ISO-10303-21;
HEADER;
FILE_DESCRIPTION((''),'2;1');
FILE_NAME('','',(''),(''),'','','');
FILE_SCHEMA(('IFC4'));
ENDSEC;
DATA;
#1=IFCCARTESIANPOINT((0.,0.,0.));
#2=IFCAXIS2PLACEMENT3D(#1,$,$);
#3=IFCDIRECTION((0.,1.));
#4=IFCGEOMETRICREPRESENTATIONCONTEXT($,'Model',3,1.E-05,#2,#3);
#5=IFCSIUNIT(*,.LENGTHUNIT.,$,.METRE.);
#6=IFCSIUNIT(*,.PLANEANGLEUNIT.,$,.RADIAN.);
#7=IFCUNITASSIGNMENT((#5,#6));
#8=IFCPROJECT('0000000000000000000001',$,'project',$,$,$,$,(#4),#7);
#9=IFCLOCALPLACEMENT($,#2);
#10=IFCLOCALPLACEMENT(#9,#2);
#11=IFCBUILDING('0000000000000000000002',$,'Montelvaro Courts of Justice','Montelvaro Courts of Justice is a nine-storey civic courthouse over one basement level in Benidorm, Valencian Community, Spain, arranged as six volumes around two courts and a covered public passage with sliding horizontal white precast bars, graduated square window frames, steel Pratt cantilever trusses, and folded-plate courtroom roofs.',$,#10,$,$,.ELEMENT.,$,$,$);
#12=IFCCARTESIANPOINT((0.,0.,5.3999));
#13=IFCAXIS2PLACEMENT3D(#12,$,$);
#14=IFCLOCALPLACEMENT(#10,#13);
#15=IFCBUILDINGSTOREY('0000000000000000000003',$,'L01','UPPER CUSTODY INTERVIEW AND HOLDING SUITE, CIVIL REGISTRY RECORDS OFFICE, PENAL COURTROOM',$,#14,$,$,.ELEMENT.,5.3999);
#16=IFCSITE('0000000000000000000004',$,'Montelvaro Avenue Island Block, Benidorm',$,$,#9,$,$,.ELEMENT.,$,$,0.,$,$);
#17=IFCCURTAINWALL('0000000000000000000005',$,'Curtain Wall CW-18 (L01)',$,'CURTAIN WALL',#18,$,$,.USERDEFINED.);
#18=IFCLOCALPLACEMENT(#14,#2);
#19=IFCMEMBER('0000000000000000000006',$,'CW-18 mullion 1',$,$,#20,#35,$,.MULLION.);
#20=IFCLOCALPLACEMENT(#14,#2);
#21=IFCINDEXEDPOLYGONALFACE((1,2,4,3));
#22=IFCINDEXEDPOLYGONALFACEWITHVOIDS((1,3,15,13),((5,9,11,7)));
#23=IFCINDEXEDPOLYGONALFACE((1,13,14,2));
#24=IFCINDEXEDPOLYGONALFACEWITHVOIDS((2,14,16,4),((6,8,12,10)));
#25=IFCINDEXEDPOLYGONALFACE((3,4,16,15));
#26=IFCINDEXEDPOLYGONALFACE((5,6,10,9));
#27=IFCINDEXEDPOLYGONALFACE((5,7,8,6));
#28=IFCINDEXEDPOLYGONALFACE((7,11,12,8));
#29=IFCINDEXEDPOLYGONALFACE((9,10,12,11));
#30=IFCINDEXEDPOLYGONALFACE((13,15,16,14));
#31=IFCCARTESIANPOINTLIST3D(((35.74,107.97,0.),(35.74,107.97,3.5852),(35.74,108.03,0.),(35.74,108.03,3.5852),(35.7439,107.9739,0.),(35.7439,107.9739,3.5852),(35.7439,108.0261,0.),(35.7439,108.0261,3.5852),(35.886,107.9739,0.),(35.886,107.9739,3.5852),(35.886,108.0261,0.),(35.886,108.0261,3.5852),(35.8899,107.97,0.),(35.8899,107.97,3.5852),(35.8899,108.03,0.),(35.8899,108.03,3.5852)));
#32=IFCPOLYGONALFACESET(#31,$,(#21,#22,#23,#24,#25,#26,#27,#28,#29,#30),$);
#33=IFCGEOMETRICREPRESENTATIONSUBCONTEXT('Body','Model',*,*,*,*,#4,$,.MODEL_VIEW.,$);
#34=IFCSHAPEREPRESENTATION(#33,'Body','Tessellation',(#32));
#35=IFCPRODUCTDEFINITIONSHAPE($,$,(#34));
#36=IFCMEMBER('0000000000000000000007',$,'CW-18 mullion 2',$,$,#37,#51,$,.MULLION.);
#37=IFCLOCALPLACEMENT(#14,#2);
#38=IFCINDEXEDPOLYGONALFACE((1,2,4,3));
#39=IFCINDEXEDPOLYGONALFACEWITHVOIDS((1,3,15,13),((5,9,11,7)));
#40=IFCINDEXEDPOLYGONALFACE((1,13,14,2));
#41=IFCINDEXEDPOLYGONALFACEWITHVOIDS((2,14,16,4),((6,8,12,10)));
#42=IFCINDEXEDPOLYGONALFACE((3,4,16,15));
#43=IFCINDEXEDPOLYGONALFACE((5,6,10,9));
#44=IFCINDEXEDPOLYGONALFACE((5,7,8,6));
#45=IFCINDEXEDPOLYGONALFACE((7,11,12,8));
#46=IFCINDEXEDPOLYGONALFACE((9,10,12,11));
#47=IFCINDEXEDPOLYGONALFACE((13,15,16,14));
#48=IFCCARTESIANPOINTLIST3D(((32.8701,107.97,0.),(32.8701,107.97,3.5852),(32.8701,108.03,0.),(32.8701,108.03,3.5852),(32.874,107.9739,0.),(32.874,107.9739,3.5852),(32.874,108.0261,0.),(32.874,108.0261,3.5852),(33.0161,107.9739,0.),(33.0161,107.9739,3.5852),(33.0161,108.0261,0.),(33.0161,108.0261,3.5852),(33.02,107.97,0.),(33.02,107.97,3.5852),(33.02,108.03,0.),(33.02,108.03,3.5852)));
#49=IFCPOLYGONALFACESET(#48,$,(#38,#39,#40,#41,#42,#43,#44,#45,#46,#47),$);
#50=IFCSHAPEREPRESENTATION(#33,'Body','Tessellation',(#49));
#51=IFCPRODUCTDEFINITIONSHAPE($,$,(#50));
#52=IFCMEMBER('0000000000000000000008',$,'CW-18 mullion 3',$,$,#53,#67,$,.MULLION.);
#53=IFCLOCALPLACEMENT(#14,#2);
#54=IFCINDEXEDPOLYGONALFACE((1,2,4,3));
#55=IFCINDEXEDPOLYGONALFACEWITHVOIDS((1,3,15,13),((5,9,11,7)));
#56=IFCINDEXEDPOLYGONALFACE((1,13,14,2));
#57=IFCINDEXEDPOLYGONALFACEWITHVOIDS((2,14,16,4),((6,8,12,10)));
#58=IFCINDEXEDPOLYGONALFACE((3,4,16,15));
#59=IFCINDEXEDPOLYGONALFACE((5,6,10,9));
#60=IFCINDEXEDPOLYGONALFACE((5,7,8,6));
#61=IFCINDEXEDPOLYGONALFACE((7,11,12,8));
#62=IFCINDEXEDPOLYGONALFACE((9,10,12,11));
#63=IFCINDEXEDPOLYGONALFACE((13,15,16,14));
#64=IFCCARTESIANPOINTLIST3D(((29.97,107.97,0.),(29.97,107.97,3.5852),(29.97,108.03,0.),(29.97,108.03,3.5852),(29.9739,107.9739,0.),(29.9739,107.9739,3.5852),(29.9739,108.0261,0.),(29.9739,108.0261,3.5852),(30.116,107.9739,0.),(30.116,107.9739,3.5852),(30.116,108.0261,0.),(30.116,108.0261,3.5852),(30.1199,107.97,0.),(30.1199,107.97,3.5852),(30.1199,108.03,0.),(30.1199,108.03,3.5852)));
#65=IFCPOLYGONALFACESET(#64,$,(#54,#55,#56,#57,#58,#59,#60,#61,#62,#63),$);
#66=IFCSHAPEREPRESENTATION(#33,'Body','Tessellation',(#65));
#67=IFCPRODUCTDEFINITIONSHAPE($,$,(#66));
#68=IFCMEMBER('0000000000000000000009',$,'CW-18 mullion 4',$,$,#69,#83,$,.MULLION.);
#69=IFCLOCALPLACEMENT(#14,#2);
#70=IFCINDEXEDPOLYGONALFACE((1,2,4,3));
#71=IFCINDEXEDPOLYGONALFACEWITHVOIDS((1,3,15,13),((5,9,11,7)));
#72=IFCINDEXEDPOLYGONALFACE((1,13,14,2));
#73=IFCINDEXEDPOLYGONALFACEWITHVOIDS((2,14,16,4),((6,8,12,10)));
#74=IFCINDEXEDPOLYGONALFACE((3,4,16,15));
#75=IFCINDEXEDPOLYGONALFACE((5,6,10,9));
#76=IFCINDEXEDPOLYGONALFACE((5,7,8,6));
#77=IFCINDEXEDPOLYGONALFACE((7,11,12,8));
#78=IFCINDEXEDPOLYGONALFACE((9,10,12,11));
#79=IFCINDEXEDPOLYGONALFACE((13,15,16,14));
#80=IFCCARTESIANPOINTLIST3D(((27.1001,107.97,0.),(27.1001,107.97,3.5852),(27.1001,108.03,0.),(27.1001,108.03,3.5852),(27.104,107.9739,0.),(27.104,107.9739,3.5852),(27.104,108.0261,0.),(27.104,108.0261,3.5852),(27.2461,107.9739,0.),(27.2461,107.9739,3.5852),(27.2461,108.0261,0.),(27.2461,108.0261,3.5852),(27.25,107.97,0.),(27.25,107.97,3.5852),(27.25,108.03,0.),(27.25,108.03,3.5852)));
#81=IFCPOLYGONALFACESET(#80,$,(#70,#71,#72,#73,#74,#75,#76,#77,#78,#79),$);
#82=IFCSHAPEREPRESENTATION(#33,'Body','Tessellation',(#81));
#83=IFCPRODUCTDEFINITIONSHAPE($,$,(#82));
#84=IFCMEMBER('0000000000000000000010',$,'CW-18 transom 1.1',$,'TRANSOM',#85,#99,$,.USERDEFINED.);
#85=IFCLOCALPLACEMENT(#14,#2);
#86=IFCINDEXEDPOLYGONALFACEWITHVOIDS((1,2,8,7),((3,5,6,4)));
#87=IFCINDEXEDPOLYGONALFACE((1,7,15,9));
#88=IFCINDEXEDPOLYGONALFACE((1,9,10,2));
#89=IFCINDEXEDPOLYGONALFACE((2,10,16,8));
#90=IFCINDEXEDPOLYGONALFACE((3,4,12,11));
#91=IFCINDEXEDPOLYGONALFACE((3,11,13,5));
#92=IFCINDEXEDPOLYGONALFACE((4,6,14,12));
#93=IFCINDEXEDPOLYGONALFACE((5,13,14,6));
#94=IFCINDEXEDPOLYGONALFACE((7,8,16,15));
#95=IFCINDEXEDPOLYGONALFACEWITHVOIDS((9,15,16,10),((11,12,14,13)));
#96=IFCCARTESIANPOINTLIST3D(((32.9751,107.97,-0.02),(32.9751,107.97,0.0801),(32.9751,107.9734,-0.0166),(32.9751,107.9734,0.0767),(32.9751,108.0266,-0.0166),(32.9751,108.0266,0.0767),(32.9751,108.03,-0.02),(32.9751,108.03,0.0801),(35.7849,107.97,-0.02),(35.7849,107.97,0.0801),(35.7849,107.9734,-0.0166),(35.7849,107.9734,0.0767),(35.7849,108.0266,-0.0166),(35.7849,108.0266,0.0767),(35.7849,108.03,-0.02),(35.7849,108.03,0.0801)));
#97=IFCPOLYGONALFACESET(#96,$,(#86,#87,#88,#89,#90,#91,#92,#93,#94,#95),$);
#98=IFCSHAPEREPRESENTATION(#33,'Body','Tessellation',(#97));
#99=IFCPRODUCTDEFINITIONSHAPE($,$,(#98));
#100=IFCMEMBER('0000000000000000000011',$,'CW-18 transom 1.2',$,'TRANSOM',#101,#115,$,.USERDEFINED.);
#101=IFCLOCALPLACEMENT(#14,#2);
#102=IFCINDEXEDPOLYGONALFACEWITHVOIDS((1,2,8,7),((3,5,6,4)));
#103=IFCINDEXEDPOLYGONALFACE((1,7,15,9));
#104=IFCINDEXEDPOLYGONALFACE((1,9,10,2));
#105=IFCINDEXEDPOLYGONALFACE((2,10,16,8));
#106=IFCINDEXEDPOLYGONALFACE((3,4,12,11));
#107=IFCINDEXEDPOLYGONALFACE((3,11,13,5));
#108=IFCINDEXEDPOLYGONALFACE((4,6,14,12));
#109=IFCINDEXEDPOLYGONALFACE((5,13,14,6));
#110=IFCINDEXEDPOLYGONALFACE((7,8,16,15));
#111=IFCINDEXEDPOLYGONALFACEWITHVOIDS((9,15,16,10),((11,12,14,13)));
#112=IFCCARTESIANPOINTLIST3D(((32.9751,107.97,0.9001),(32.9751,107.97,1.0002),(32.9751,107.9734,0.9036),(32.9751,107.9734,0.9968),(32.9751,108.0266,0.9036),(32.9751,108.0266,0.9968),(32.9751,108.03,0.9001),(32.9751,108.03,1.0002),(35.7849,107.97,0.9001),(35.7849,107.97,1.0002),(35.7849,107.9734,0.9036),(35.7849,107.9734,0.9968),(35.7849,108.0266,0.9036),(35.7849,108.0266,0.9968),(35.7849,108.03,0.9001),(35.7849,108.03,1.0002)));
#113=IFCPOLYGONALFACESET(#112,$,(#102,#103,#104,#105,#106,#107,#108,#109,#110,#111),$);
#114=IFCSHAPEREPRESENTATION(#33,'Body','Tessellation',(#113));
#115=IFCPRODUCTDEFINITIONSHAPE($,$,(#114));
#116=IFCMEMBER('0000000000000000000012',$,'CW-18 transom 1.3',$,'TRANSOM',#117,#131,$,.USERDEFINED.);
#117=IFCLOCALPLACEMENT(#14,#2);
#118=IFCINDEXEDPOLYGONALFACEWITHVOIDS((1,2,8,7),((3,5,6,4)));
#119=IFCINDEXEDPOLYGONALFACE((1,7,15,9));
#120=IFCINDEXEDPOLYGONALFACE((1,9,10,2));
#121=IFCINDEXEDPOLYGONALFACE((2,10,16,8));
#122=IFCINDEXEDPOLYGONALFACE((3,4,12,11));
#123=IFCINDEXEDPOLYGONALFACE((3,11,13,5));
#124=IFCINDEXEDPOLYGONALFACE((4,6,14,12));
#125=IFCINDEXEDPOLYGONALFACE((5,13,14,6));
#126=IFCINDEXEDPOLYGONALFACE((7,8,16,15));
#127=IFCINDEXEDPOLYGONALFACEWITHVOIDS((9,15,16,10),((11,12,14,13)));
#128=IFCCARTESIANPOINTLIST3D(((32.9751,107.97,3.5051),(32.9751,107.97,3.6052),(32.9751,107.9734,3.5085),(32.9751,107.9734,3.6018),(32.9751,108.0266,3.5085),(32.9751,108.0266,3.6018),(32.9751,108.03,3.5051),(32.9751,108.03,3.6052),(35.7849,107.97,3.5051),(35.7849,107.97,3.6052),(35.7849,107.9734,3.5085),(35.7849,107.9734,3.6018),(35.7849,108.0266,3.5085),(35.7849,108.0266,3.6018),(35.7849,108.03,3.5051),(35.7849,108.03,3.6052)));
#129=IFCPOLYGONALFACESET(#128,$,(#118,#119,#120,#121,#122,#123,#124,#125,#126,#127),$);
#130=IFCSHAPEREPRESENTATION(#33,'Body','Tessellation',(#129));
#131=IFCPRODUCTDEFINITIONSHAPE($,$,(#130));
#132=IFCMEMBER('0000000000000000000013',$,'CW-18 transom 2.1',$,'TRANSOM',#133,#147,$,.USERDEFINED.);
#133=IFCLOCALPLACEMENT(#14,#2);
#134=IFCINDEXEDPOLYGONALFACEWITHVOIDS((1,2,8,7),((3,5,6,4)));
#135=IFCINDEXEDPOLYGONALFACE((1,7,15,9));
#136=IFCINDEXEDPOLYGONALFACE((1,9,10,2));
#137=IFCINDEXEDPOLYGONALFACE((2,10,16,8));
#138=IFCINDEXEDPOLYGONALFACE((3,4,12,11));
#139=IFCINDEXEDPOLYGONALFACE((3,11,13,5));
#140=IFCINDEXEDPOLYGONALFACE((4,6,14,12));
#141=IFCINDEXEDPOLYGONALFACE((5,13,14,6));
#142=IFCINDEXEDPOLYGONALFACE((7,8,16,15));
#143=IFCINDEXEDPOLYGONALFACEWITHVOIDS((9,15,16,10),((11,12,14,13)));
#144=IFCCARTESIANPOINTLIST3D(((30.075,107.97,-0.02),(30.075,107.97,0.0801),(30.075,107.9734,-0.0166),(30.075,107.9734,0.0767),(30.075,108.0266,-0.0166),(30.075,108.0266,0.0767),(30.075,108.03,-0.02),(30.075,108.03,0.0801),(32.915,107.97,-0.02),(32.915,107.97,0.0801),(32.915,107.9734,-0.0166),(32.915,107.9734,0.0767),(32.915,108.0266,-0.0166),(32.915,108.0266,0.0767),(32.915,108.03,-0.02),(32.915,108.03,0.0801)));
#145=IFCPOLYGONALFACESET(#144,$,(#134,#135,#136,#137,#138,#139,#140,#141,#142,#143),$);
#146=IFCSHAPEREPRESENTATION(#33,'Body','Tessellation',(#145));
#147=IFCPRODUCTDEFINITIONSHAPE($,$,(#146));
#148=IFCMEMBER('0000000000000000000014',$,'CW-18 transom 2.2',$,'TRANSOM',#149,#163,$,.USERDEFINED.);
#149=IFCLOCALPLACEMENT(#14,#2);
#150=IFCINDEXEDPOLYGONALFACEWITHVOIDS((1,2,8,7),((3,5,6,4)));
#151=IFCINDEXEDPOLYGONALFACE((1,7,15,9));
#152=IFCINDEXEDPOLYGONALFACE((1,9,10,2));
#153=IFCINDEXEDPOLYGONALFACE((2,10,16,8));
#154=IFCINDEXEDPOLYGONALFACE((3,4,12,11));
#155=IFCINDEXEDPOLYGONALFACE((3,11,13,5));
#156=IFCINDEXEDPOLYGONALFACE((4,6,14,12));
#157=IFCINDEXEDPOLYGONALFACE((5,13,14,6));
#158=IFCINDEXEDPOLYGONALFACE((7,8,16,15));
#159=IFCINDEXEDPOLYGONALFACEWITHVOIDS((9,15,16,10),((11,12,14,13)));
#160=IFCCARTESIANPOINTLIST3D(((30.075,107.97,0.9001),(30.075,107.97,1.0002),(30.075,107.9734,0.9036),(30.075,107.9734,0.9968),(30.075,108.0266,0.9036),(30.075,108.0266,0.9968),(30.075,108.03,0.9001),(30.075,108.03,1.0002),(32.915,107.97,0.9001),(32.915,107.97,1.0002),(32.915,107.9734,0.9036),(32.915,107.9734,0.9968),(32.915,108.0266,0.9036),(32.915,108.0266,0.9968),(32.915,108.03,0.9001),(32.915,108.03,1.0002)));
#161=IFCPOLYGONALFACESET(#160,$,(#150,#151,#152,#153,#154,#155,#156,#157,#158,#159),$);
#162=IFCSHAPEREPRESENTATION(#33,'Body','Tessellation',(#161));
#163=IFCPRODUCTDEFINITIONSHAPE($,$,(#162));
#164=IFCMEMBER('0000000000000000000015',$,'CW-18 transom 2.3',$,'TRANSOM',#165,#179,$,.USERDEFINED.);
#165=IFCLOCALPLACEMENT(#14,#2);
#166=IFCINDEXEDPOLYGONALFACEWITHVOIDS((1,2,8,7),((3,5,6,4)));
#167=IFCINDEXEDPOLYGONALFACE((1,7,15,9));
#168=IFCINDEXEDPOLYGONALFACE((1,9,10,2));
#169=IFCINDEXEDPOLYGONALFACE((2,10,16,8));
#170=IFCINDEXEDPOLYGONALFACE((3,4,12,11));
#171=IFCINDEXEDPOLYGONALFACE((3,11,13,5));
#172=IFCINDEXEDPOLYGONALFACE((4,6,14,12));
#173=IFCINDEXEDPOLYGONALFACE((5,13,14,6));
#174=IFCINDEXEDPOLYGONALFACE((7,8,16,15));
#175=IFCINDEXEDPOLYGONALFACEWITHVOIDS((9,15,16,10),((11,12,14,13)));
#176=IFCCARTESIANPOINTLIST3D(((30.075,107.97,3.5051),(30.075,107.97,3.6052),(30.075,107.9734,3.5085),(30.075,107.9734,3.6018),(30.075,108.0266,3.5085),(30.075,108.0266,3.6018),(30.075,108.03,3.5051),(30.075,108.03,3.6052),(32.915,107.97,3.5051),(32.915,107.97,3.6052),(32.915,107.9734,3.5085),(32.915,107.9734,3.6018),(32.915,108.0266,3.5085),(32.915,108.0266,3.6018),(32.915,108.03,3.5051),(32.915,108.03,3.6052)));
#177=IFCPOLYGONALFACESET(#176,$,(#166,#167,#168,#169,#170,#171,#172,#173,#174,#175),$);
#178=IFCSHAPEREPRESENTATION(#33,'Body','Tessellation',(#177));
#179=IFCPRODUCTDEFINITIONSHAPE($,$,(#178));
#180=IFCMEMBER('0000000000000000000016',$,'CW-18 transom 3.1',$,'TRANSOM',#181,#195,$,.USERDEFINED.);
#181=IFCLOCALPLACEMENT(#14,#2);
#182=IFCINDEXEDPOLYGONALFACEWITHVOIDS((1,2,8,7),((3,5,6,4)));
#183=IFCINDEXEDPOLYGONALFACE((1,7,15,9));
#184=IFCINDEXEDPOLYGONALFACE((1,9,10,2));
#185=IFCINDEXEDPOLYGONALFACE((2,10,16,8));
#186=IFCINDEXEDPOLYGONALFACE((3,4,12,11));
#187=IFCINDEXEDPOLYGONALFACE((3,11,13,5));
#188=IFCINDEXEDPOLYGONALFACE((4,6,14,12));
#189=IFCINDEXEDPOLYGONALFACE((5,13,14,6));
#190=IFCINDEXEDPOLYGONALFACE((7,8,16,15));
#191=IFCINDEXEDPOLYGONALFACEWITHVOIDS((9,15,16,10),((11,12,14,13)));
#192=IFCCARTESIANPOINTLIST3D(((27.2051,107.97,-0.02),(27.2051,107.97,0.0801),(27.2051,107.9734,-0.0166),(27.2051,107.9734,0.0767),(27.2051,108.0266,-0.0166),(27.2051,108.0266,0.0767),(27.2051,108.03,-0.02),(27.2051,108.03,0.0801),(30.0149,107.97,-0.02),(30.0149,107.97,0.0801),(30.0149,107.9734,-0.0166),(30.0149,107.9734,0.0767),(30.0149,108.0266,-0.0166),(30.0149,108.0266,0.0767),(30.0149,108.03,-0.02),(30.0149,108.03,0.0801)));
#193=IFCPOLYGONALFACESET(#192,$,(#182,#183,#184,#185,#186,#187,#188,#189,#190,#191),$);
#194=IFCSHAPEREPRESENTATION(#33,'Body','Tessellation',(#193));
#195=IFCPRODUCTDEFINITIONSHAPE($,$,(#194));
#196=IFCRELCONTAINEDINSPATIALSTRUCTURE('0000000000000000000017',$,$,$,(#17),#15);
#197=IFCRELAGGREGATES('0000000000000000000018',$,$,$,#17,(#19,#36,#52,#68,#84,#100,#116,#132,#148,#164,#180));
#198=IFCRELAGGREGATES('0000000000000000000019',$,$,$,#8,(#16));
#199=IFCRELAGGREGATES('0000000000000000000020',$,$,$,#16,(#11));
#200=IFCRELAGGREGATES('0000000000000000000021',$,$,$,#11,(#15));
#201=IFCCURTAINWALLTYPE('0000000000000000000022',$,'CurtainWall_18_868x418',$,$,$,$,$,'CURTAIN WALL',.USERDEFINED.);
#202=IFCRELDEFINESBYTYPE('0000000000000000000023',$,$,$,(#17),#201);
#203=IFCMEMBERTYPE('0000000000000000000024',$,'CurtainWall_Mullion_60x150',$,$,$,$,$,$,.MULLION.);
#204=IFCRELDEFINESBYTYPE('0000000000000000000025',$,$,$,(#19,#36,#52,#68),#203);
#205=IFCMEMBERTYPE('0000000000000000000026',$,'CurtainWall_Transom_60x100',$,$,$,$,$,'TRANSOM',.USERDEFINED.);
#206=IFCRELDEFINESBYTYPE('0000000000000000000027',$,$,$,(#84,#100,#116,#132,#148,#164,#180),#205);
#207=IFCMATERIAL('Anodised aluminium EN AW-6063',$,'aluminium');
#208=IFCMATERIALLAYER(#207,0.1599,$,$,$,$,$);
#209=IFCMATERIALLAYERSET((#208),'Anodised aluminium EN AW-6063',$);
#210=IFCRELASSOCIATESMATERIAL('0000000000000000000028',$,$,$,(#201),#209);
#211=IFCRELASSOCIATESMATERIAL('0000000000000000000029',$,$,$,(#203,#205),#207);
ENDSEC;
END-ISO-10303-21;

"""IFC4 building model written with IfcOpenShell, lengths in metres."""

from ifc_helpers import new_model, si_unit, direction, frame, origin, origin_2d, place, context, subcontext, project, spatial, hollow_rectangle, extrude, material, layer, layer_set, material_profile, profile_set, type_object, element, aggregate, save


model = new_model("IFC4")

# Units and contexts
model_context = context("Model", 3, precision=1e-05, world=origin(), true_north=direction((0.0, 1.0)))
body_context = subcontext(model_context, "Body", "Model", "MODEL_VIEW")
ifc_project = project(units=[si_unit("LENGTHUNIT", "METRE"), si_unit("PLANEANGLEUNIT", "RADIAN")], contexts=[model_context])

# Site, building, storey
site_placement = place(None, origin())
site = spatial("IfcSite", under=ifc_project, at=site_placement, Name="Montelvaro Avenue Island Block, Benidorm", CompositionType="ELEMENT", RefElevation=0.0)
building_placement = place(site_placement, origin())
building = spatial("IfcBuilding", under=site, at=building_placement, Name="Montelvaro Courts of Justice", Description="Montelvaro Courts of Justice is a nine-storey civic courthouse over one basement level in Benidorm, Valencian Community, Spain, arranged as six volumes around two courts and a covered public passage with sliding horizontal white precast bars, graduated square window frames, steel Pratt cantilever trusses, and folded-plate courtroom roofs.", CompositionType="ELEMENT")
storey_placement = place(building_placement, frame((0.0, 0.0, 5.3999)))
storey = spatial("IfcBuildingStorey", under=building, at=storey_placement, Name="L01", Description="UPPER CUSTODY INTERVIEW AND HOLDING SUITE, CIVIL REGISTRY RECORDS OFFICE, PENAL COURTROOM", CompositionType="ELEMENT", Elevation=5.3999)

# Shared definitions
ifc_material_1 = material(Name="Anodised aluminium EN AW-6063", Category="aluminium")
ifc_layer_1 = layer(ifc_material_1, 0.1599)
ifc_layer_set_1 = layer_set([ifc_layer_1], Name="Anodised aluminium EN AW-6063")
curtain_wall_type = type_object("IfcCurtainWallType", Name="CurtainWall_18_868x418", ElementType="CURTAIN WALL", PredefinedType="USERDEFINED", material=ifc_layer_set_1)

# Curtain wall, members
curtain_wall_1_placement = place(storey_placement, origin())
curtain_wall_1 = element("IfcCurtainWall", 1, at=curtain_wall_1_placement, inside=storey, type_object=curtain_wall_type, Name="Curtain Wall CW-18 (L01)", ObjectType="CURTAIN WALL", PredefinedType="USERDEFINED")
ifc_material_profile_1 = material_profile(ifc_material_1, hollow_rectangle(XDim=0.0601, YDim=0.1499, WallThickness=0.0039, at=origin_2d()), Name="ALU-M 60x150")
ifc_profile_set_1 = profile_set([ifc_material_profile_1], Name="Anodised aluminium EN AW-6063")
member_type_1 = type_object("IfcMemberType", Name="CurtainWall_Mullion_60x150", PredefinedType="MULLION", material=ifc_profile_set_1)
member_1_placement = place(storey_placement, frame((35.8149, 108.0, 0.0), z_axis=(0.0, 0.0, 1.0), x_axis=(0.0, -1.0, 0.0)))
member_1 = element("IfcMember", 2, at=member_1_placement, type_object=member_type_1, Name="CW-18 mullion 1", PredefinedType="MULLION", context=body_context, shape_type="SweptSolid", body=[
    extrude(hollow_rectangle(XDim=0.0601, YDim=0.1499, WallThickness=0.0039, at=origin_2d()), origin(), (0.0, 0.0, 1.0), 3.5852),
])
member_2_placement = place(storey_placement, frame((32.9451, 108.0, 0.0), z_axis=(0.0, 0.0, 1.0), x_axis=(0.0, -1.0, 0.0)))
member_2 = element("IfcMember", 3, at=member_2_placement, type_object=member_type_1, Name="CW-18 mullion 2", PredefinedType="MULLION", context=body_context, shape_type="SweptSolid", body=[
    extrude(hollow_rectangle(XDim=0.0601, YDim=0.1499, WallThickness=0.0039, at=origin_2d()), origin(), (0.0, 0.0, 1.0), 3.5852),
])
member_3_placement = place(storey_placement, frame((30.0449, 108.0, 0.0), z_axis=(0.0, 0.0, 1.0), x_axis=(0.0, -1.0, 0.0)))
member_3 = element("IfcMember", 4, at=member_3_placement, type_object=member_type_1, Name="CW-18 mullion 3", PredefinedType="MULLION", context=body_context, shape_type="SweptSolid", body=[
    extrude(hollow_rectangle(XDim=0.0601, YDim=0.1499, WallThickness=0.0039, at=origin_2d()), origin(), (0.0, 0.0, 1.0), 3.5852),
])
member_4_placement = place(storey_placement, frame((27.175, 108.0, 0.0), z_axis=(0.0, 0.0, 1.0), x_axis=(0.0, -1.0, 0.0)))
member_4 = element("IfcMember", 5, at=member_4_placement, type_object=member_type_1, Name="CW-18 mullion 4", PredefinedType="MULLION", context=body_context, shape_type="SweptSolid", body=[
    extrude(hollow_rectangle(XDim=0.0601, YDim=0.1499, WallThickness=0.0039, at=origin_2d()), origin(), (0.0, 0.0, 1.0), 3.5852),
])
ifc_material_profile_2 = material_profile(ifc_material_1, hollow_rectangle(XDim=0.0601, YDim=0.1001, WallThickness=0.0034, at=origin_2d()), Name="ALU-T 60x100")
ifc_profile_set_2 = profile_set([ifc_material_profile_2], Name="Anodised aluminium EN AW-6063")
member_type_2 = type_object("IfcMemberType", Name="CurtainWall_Transom_60x100", ElementType="TRANSOM", PredefinedType="USERDEFINED", material=ifc_profile_set_2)
member_5_placement = place(storey_placement, frame((35.7849, 108.0, 0.03), z_axis=(-1.0, 0.0, 0.0), x_axis=(0.0, -1.0, 0.0)))
member_5 = element("IfcMember", 6, at=member_5_placement, type_object=member_type_2, Name="CW-18 transom 1.1", ObjectType="TRANSOM", PredefinedType="USERDEFINED", context=body_context, shape_type="SweptSolid", body=[
    extrude(hollow_rectangle(XDim=0.0601, YDim=0.1001, WallThickness=0.0034, at=origin_2d()), origin(), (0.0, 0.0, 1.0), 2.8098),
])
member_6_placement = place(storey_placement, frame((35.7849, 108.0, 0.9502), z_axis=(-1.0, 0.0, 0.0), x_axis=(0.0, -1.0, 0.0)))
member_6 = element("IfcMember", 7, at=member_6_placement, type_object=member_type_2, Name="CW-18 transom 1.2", ObjectType="TRANSOM", PredefinedType="USERDEFINED", context=body_context, shape_type="SweptSolid", body=[
    extrude(hollow_rectangle(XDim=0.0601, YDim=0.1001, WallThickness=0.0034, at=origin_2d()), origin(), (0.0, 0.0, 1.0), 2.8098),
])
member_7_placement = place(storey_placement, frame((35.7849, 108.0, 3.5552), z_axis=(-1.0, 0.0, 0.0), x_axis=(0.0, -1.0, 0.0)))
member_7 = element("IfcMember", 8, at=member_7_placement, type_object=member_type_2, Name="CW-18 transom 1.3", ObjectType="TRANSOM", PredefinedType="USERDEFINED", context=body_context, shape_type="SweptSolid", body=[
    extrude(hollow_rectangle(XDim=0.0601, YDim=0.1001, WallThickness=0.0034, at=origin_2d()), origin(), (0.0, 0.0, 1.0), 2.8098),
])
member_8_placement = place(storey_placement, frame((32.915, 108.0, 0.03), z_axis=(-1.0, 0.0, 0.0), x_axis=(0.0, -1.0, 0.0)))
member_8 = element("IfcMember", 9, at=member_8_placement, type_object=member_type_2, Name="CW-18 transom 2.1", ObjectType="TRANSOM", PredefinedType="USERDEFINED", context=body_context, shape_type="SweptSolid", body=[
    extrude(hollow_rectangle(XDim=0.0601, YDim=0.1001, WallThickness=0.0034, at=origin_2d()), origin(), (0.0, 0.0, 1.0), 2.8401),
])
member_9_placement = place(storey_placement, frame((32.915, 108.0, 0.9502), z_axis=(-1.0, 0.0, 0.0), x_axis=(0.0, -1.0, 0.0)))
member_9 = element("IfcMember", 10, at=member_9_placement, type_object=member_type_2, Name="CW-18 transom 2.2", ObjectType="TRANSOM", PredefinedType="USERDEFINED", context=body_context, shape_type="SweptSolid", body=[
    extrude(hollow_rectangle(XDim=0.0601, YDim=0.1001, WallThickness=0.0034, at=origin_2d()), origin(), (0.0, 0.0, 1.0), 2.8401),
])
member_10_placement = place(storey_placement, frame((32.915, 108.0, 3.5552), z_axis=(-1.0, 0.0, 0.0), x_axis=(0.0, -1.0, 0.0)))
member_10 = element("IfcMember", 11, at=member_10_placement, type_object=member_type_2, Name="CW-18 transom 2.3", ObjectType="TRANSOM", PredefinedType="USERDEFINED", context=body_context, shape_type="SweptSolid", body=[
    extrude(hollow_rectangle(XDim=0.0601, YDim=0.1001, WallThickness=0.0034, at=origin_2d()), origin(), (0.0, 0.0, 1.0), 2.8401),
])
member_11_placement = place(storey_placement, frame((30.0149, 108.0, 0.03), z_axis=(-1.0, 0.0, 0.0), x_axis=(0.0, -1.0, 0.0)))
member_11 = element("IfcMember", 12, at=member_11_placement, type_object=member_type_2, Name="CW-18 transom 3.1", ObjectType="TRANSOM", PredefinedType="USERDEFINED", context=body_context, shape_type="SweptSolid", body=[
    extrude(hollow_rectangle(XDim=0.0601, YDim=0.1001, WallThickness=0.0034, at=origin_2d()), origin(), (0.0, 0.0, 1.0), 2.8098),
])
aggregate(curtain_wall_1, [member_1, member_2, member_3, member_4, member_5, member_6, member_7, member_8, member_9, member_10, member_11])

save(model, "model.ifc")
